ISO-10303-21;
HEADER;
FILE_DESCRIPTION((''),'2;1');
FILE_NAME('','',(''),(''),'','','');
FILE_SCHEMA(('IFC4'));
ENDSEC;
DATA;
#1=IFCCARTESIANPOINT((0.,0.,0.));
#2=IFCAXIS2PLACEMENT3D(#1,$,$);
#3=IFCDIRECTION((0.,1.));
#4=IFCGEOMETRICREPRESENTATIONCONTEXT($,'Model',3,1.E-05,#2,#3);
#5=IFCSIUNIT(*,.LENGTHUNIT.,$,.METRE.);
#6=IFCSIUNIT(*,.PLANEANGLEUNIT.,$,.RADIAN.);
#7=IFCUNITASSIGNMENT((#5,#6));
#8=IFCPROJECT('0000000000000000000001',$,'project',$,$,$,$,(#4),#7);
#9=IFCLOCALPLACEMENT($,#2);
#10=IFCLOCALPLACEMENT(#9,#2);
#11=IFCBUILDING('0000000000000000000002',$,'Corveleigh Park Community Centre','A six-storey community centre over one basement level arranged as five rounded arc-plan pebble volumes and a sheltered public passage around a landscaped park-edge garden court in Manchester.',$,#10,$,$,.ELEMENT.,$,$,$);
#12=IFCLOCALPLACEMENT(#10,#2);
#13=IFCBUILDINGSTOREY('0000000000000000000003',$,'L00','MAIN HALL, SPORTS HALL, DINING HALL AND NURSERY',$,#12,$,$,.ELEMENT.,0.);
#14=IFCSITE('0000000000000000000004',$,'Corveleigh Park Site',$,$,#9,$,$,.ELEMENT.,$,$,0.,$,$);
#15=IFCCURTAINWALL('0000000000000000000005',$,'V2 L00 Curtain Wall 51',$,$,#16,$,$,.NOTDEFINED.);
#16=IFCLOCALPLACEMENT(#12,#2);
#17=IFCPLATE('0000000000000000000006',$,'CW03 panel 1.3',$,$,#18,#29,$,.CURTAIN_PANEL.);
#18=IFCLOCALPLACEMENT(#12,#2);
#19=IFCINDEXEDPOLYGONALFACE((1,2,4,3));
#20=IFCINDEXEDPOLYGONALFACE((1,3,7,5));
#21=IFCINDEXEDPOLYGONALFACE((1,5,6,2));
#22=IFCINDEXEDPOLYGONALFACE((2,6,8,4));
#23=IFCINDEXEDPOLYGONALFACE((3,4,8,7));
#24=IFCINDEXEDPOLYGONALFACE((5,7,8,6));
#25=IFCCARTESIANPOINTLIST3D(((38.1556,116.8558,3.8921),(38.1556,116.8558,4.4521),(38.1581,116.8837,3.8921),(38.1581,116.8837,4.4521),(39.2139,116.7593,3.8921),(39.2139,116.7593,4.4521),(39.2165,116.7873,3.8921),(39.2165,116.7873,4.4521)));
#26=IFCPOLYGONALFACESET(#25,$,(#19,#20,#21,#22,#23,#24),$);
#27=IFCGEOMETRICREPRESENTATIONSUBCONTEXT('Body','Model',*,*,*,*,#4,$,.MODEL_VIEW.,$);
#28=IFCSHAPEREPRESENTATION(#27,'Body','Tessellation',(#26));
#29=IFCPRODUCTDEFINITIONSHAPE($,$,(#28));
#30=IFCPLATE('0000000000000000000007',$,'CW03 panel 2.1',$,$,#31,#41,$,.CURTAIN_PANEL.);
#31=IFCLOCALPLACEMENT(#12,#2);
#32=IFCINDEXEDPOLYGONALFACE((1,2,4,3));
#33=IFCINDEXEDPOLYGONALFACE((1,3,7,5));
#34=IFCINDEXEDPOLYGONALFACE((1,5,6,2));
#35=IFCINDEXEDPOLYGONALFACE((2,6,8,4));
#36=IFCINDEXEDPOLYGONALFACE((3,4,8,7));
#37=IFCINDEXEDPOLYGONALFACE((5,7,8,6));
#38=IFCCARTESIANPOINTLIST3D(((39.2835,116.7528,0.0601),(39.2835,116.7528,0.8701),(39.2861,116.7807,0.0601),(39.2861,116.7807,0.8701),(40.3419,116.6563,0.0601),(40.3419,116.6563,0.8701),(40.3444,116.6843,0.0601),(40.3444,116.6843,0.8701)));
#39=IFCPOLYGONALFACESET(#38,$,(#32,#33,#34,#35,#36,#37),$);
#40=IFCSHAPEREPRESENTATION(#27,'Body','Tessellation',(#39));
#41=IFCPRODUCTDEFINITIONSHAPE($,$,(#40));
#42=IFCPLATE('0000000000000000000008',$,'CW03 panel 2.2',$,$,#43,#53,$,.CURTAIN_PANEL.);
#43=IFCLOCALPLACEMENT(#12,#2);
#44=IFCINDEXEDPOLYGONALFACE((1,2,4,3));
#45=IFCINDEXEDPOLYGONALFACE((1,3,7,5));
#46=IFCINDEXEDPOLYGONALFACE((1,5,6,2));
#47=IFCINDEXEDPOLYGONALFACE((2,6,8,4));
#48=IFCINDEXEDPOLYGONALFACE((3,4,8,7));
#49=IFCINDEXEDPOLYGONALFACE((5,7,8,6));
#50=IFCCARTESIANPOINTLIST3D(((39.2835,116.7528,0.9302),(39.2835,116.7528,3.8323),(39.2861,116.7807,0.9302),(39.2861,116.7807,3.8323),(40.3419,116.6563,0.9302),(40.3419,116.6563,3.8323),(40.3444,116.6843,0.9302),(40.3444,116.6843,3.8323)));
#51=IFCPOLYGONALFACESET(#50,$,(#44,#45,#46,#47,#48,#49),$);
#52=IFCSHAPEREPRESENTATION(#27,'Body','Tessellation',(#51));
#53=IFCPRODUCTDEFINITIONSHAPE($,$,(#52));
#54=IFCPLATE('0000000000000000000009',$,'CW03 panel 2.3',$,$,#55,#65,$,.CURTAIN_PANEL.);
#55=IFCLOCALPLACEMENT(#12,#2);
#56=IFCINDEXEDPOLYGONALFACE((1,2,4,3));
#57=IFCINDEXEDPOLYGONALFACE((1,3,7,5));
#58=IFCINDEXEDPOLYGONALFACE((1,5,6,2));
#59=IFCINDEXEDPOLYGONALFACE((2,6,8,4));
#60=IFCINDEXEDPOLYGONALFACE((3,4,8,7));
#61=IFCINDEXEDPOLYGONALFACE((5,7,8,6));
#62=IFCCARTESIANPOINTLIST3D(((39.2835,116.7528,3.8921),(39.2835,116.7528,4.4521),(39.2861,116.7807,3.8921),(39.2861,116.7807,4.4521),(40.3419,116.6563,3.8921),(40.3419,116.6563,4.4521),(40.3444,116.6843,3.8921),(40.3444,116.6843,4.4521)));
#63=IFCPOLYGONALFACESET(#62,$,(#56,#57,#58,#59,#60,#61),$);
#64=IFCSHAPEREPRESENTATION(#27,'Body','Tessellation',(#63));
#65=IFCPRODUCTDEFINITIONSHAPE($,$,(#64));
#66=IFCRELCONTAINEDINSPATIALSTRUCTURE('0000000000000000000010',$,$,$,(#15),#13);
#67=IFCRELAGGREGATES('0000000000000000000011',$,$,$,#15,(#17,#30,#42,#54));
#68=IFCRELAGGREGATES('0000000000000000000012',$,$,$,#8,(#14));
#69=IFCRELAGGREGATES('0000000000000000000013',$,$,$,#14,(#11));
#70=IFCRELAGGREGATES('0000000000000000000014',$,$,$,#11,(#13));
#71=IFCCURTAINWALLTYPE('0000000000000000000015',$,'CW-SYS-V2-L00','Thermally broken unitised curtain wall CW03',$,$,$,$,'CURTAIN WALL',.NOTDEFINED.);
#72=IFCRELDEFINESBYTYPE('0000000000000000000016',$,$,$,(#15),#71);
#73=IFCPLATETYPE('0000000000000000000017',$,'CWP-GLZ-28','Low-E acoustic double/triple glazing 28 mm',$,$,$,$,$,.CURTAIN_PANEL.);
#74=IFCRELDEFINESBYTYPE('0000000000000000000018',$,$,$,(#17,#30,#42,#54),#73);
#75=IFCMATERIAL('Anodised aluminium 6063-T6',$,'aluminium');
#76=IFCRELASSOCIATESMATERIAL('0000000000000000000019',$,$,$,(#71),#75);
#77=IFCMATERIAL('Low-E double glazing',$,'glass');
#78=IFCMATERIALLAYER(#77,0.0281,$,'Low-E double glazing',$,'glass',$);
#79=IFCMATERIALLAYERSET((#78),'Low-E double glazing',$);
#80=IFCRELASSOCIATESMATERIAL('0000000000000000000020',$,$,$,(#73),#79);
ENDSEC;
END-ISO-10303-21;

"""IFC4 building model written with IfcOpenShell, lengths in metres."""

from ifc_helpers import new_model, si_unit, direction, frame, origin, origin_2d, place, context, subcontext, project, spatial, rectangle, extrude, material, layer, layer_set, type_object, element, aggregate, save


model = new_model("IFC4")

# Units and contexts
model_context = context("Model", 3, precision=1e-05, world=origin(), true_north=direction((0.0, 1.0)))
body_context = subcontext(model_context, "Body", "Model", "MODEL_VIEW")
ifc_project = project(units=[si_unit("LENGTHUNIT", "METRE"), si_unit("PLANEANGLEUNIT", "RADIAN")], contexts=[model_context])

# Site, building, storey
site_placement = place(None, origin())
site = spatial("IfcSite", under=ifc_project, at=site_placement, Name="Corveleigh Park Site", CompositionType="ELEMENT", RefElevation=0.0)
building_placement = place(site_placement, origin())
building = spatial("IfcBuilding", under=site, at=building_placement, Name="Corveleigh Park Community Centre", Description="A six-storey community centre over one basement level arranged as five rounded arc-plan pebble volumes and a sheltered public passage around a landscaped park-edge garden court in Manchester.", CompositionType="ELEMENT")
storey_placement = place(building_placement, origin())
storey = spatial("IfcBuildingStorey", under=building, at=storey_placement, Name="L00", Description="MAIN HALL, SPORTS HALL, DINING HALL AND NURSERY", CompositionType="ELEMENT", Elevation=0.0)

# Shared definitions
ifc_material_1 = material(Name="Anodised aluminium 6063-T6", Category="aluminium")
curtain_wall_type = type_object("IfcCurtainWallType", Name="CW-SYS-V2-L00", Description="Thermally broken unitised curtain wall CW03", ElementType="CURTAIN WALL", PredefinedType="NOTDEFINED", material=ifc_material_1)

# Curtain wall
curtain_wall_1_placement = place(storey_placement, origin())
curtain_wall_1 = element("IfcCurtainWall", 1, at=curtain_wall_1_placement, inside=storey, type_object=curtain_wall_type, Name="V2 L00 Curtain Wall 51", PredefinedType="NOTDEFINED")

# Plates
ifc_material_2 = material(Name="Low-E double glazing", Category="glass")
ifc_layer_1 = layer(ifc_material_2, 0.0281, Name="Low-E double glazing", Category="glass")
ifc_layer_set_1 = layer_set([ifc_layer_1], Name="Low-E double glazing")
plate_type_1 = type_object("IfcPlateType", Name="CWP-GLZ-28", Description="Low-E acoustic double/triple glazing 28 mm", PredefinedType="CURTAIN_PANEL", material=ifc_layer_set_1)
plate_1_placement = place(storey_placement, frame((38.686, 116.8215, 3.8921), z_axis=(0.0, 0.0, 1.0), x_axis=(0.995872, -0.090767, 0.0)))
plate_1 = element("IfcPlate", 2, at=plate_1_placement, type_object=plate_type_1, Name="CW03 panel 1.3", PredefinedType="CURTAIN_PANEL", context=body_context, shape_type="SweptSolid", body=[
    extrude(rectangle(XDim=1.0627, YDim=0.0281, at=origin_2d()), origin(), (0.0, 0.0, 1.0), 0.5601),
])
plate_2_placement = place(storey_placement, frame((39.814, 116.7185, 0.0601), z_axis=(0.0, 0.0, 1.0), x_axis=(0.995872, -0.090767, 0.0)))
plate_2 = element("IfcPlate", 3, at=plate_2_placement, type_object=plate_type_1, Name="CW03 panel 2.1", PredefinedType="CURTAIN_PANEL", context=body_context, shape_type="SweptSolid", body=[
    extrude(rectangle(XDim=1.0627, YDim=0.0281, at=origin_2d()), origin(), (0.0, 0.0, 1.0), 0.8101),
])
plate_3_placement = place(storey_placement, frame((39.814, 116.7185, 0.9302), z_axis=(0.0, 0.0, 1.0), x_axis=(0.995872, -0.090767, 0.0)))
plate_3 = element("IfcPlate", 4, at=plate_3_placement, type_object=plate_type_1, Name="CW03 panel 2.2", PredefinedType="CURTAIN_PANEL", context=body_context, shape_type="SweptSolid", body=[
    extrude(rectangle(XDim=1.0627, YDim=0.0281, at=origin_2d()), origin(), (0.0, 0.0, 1.0), 2.9021),
])
plate_4_placement = place(storey_placement, frame((39.814, 116.7185, 3.8921), z_axis=(0.0, 0.0, 1.0), x_axis=(0.995872, -0.090767, 0.0)))
plate_4 = element("IfcPlate", 5, at=plate_4_placement, type_object=plate_type_1, Name="CW03 panel 2.3", PredefinedType="CURTAIN_PANEL", context=body_context, shape_type="SweptSolid", body=[
    extrude(rectangle(XDim=1.0627, YDim=0.0281, at=origin_2d()), origin(), (0.0, 0.0, 1.0), 0.5601),
])
aggregate(curtain_wall_1, [plate_1, plate_2, plate_3, plate_4])

save(model, "model.ifc")
